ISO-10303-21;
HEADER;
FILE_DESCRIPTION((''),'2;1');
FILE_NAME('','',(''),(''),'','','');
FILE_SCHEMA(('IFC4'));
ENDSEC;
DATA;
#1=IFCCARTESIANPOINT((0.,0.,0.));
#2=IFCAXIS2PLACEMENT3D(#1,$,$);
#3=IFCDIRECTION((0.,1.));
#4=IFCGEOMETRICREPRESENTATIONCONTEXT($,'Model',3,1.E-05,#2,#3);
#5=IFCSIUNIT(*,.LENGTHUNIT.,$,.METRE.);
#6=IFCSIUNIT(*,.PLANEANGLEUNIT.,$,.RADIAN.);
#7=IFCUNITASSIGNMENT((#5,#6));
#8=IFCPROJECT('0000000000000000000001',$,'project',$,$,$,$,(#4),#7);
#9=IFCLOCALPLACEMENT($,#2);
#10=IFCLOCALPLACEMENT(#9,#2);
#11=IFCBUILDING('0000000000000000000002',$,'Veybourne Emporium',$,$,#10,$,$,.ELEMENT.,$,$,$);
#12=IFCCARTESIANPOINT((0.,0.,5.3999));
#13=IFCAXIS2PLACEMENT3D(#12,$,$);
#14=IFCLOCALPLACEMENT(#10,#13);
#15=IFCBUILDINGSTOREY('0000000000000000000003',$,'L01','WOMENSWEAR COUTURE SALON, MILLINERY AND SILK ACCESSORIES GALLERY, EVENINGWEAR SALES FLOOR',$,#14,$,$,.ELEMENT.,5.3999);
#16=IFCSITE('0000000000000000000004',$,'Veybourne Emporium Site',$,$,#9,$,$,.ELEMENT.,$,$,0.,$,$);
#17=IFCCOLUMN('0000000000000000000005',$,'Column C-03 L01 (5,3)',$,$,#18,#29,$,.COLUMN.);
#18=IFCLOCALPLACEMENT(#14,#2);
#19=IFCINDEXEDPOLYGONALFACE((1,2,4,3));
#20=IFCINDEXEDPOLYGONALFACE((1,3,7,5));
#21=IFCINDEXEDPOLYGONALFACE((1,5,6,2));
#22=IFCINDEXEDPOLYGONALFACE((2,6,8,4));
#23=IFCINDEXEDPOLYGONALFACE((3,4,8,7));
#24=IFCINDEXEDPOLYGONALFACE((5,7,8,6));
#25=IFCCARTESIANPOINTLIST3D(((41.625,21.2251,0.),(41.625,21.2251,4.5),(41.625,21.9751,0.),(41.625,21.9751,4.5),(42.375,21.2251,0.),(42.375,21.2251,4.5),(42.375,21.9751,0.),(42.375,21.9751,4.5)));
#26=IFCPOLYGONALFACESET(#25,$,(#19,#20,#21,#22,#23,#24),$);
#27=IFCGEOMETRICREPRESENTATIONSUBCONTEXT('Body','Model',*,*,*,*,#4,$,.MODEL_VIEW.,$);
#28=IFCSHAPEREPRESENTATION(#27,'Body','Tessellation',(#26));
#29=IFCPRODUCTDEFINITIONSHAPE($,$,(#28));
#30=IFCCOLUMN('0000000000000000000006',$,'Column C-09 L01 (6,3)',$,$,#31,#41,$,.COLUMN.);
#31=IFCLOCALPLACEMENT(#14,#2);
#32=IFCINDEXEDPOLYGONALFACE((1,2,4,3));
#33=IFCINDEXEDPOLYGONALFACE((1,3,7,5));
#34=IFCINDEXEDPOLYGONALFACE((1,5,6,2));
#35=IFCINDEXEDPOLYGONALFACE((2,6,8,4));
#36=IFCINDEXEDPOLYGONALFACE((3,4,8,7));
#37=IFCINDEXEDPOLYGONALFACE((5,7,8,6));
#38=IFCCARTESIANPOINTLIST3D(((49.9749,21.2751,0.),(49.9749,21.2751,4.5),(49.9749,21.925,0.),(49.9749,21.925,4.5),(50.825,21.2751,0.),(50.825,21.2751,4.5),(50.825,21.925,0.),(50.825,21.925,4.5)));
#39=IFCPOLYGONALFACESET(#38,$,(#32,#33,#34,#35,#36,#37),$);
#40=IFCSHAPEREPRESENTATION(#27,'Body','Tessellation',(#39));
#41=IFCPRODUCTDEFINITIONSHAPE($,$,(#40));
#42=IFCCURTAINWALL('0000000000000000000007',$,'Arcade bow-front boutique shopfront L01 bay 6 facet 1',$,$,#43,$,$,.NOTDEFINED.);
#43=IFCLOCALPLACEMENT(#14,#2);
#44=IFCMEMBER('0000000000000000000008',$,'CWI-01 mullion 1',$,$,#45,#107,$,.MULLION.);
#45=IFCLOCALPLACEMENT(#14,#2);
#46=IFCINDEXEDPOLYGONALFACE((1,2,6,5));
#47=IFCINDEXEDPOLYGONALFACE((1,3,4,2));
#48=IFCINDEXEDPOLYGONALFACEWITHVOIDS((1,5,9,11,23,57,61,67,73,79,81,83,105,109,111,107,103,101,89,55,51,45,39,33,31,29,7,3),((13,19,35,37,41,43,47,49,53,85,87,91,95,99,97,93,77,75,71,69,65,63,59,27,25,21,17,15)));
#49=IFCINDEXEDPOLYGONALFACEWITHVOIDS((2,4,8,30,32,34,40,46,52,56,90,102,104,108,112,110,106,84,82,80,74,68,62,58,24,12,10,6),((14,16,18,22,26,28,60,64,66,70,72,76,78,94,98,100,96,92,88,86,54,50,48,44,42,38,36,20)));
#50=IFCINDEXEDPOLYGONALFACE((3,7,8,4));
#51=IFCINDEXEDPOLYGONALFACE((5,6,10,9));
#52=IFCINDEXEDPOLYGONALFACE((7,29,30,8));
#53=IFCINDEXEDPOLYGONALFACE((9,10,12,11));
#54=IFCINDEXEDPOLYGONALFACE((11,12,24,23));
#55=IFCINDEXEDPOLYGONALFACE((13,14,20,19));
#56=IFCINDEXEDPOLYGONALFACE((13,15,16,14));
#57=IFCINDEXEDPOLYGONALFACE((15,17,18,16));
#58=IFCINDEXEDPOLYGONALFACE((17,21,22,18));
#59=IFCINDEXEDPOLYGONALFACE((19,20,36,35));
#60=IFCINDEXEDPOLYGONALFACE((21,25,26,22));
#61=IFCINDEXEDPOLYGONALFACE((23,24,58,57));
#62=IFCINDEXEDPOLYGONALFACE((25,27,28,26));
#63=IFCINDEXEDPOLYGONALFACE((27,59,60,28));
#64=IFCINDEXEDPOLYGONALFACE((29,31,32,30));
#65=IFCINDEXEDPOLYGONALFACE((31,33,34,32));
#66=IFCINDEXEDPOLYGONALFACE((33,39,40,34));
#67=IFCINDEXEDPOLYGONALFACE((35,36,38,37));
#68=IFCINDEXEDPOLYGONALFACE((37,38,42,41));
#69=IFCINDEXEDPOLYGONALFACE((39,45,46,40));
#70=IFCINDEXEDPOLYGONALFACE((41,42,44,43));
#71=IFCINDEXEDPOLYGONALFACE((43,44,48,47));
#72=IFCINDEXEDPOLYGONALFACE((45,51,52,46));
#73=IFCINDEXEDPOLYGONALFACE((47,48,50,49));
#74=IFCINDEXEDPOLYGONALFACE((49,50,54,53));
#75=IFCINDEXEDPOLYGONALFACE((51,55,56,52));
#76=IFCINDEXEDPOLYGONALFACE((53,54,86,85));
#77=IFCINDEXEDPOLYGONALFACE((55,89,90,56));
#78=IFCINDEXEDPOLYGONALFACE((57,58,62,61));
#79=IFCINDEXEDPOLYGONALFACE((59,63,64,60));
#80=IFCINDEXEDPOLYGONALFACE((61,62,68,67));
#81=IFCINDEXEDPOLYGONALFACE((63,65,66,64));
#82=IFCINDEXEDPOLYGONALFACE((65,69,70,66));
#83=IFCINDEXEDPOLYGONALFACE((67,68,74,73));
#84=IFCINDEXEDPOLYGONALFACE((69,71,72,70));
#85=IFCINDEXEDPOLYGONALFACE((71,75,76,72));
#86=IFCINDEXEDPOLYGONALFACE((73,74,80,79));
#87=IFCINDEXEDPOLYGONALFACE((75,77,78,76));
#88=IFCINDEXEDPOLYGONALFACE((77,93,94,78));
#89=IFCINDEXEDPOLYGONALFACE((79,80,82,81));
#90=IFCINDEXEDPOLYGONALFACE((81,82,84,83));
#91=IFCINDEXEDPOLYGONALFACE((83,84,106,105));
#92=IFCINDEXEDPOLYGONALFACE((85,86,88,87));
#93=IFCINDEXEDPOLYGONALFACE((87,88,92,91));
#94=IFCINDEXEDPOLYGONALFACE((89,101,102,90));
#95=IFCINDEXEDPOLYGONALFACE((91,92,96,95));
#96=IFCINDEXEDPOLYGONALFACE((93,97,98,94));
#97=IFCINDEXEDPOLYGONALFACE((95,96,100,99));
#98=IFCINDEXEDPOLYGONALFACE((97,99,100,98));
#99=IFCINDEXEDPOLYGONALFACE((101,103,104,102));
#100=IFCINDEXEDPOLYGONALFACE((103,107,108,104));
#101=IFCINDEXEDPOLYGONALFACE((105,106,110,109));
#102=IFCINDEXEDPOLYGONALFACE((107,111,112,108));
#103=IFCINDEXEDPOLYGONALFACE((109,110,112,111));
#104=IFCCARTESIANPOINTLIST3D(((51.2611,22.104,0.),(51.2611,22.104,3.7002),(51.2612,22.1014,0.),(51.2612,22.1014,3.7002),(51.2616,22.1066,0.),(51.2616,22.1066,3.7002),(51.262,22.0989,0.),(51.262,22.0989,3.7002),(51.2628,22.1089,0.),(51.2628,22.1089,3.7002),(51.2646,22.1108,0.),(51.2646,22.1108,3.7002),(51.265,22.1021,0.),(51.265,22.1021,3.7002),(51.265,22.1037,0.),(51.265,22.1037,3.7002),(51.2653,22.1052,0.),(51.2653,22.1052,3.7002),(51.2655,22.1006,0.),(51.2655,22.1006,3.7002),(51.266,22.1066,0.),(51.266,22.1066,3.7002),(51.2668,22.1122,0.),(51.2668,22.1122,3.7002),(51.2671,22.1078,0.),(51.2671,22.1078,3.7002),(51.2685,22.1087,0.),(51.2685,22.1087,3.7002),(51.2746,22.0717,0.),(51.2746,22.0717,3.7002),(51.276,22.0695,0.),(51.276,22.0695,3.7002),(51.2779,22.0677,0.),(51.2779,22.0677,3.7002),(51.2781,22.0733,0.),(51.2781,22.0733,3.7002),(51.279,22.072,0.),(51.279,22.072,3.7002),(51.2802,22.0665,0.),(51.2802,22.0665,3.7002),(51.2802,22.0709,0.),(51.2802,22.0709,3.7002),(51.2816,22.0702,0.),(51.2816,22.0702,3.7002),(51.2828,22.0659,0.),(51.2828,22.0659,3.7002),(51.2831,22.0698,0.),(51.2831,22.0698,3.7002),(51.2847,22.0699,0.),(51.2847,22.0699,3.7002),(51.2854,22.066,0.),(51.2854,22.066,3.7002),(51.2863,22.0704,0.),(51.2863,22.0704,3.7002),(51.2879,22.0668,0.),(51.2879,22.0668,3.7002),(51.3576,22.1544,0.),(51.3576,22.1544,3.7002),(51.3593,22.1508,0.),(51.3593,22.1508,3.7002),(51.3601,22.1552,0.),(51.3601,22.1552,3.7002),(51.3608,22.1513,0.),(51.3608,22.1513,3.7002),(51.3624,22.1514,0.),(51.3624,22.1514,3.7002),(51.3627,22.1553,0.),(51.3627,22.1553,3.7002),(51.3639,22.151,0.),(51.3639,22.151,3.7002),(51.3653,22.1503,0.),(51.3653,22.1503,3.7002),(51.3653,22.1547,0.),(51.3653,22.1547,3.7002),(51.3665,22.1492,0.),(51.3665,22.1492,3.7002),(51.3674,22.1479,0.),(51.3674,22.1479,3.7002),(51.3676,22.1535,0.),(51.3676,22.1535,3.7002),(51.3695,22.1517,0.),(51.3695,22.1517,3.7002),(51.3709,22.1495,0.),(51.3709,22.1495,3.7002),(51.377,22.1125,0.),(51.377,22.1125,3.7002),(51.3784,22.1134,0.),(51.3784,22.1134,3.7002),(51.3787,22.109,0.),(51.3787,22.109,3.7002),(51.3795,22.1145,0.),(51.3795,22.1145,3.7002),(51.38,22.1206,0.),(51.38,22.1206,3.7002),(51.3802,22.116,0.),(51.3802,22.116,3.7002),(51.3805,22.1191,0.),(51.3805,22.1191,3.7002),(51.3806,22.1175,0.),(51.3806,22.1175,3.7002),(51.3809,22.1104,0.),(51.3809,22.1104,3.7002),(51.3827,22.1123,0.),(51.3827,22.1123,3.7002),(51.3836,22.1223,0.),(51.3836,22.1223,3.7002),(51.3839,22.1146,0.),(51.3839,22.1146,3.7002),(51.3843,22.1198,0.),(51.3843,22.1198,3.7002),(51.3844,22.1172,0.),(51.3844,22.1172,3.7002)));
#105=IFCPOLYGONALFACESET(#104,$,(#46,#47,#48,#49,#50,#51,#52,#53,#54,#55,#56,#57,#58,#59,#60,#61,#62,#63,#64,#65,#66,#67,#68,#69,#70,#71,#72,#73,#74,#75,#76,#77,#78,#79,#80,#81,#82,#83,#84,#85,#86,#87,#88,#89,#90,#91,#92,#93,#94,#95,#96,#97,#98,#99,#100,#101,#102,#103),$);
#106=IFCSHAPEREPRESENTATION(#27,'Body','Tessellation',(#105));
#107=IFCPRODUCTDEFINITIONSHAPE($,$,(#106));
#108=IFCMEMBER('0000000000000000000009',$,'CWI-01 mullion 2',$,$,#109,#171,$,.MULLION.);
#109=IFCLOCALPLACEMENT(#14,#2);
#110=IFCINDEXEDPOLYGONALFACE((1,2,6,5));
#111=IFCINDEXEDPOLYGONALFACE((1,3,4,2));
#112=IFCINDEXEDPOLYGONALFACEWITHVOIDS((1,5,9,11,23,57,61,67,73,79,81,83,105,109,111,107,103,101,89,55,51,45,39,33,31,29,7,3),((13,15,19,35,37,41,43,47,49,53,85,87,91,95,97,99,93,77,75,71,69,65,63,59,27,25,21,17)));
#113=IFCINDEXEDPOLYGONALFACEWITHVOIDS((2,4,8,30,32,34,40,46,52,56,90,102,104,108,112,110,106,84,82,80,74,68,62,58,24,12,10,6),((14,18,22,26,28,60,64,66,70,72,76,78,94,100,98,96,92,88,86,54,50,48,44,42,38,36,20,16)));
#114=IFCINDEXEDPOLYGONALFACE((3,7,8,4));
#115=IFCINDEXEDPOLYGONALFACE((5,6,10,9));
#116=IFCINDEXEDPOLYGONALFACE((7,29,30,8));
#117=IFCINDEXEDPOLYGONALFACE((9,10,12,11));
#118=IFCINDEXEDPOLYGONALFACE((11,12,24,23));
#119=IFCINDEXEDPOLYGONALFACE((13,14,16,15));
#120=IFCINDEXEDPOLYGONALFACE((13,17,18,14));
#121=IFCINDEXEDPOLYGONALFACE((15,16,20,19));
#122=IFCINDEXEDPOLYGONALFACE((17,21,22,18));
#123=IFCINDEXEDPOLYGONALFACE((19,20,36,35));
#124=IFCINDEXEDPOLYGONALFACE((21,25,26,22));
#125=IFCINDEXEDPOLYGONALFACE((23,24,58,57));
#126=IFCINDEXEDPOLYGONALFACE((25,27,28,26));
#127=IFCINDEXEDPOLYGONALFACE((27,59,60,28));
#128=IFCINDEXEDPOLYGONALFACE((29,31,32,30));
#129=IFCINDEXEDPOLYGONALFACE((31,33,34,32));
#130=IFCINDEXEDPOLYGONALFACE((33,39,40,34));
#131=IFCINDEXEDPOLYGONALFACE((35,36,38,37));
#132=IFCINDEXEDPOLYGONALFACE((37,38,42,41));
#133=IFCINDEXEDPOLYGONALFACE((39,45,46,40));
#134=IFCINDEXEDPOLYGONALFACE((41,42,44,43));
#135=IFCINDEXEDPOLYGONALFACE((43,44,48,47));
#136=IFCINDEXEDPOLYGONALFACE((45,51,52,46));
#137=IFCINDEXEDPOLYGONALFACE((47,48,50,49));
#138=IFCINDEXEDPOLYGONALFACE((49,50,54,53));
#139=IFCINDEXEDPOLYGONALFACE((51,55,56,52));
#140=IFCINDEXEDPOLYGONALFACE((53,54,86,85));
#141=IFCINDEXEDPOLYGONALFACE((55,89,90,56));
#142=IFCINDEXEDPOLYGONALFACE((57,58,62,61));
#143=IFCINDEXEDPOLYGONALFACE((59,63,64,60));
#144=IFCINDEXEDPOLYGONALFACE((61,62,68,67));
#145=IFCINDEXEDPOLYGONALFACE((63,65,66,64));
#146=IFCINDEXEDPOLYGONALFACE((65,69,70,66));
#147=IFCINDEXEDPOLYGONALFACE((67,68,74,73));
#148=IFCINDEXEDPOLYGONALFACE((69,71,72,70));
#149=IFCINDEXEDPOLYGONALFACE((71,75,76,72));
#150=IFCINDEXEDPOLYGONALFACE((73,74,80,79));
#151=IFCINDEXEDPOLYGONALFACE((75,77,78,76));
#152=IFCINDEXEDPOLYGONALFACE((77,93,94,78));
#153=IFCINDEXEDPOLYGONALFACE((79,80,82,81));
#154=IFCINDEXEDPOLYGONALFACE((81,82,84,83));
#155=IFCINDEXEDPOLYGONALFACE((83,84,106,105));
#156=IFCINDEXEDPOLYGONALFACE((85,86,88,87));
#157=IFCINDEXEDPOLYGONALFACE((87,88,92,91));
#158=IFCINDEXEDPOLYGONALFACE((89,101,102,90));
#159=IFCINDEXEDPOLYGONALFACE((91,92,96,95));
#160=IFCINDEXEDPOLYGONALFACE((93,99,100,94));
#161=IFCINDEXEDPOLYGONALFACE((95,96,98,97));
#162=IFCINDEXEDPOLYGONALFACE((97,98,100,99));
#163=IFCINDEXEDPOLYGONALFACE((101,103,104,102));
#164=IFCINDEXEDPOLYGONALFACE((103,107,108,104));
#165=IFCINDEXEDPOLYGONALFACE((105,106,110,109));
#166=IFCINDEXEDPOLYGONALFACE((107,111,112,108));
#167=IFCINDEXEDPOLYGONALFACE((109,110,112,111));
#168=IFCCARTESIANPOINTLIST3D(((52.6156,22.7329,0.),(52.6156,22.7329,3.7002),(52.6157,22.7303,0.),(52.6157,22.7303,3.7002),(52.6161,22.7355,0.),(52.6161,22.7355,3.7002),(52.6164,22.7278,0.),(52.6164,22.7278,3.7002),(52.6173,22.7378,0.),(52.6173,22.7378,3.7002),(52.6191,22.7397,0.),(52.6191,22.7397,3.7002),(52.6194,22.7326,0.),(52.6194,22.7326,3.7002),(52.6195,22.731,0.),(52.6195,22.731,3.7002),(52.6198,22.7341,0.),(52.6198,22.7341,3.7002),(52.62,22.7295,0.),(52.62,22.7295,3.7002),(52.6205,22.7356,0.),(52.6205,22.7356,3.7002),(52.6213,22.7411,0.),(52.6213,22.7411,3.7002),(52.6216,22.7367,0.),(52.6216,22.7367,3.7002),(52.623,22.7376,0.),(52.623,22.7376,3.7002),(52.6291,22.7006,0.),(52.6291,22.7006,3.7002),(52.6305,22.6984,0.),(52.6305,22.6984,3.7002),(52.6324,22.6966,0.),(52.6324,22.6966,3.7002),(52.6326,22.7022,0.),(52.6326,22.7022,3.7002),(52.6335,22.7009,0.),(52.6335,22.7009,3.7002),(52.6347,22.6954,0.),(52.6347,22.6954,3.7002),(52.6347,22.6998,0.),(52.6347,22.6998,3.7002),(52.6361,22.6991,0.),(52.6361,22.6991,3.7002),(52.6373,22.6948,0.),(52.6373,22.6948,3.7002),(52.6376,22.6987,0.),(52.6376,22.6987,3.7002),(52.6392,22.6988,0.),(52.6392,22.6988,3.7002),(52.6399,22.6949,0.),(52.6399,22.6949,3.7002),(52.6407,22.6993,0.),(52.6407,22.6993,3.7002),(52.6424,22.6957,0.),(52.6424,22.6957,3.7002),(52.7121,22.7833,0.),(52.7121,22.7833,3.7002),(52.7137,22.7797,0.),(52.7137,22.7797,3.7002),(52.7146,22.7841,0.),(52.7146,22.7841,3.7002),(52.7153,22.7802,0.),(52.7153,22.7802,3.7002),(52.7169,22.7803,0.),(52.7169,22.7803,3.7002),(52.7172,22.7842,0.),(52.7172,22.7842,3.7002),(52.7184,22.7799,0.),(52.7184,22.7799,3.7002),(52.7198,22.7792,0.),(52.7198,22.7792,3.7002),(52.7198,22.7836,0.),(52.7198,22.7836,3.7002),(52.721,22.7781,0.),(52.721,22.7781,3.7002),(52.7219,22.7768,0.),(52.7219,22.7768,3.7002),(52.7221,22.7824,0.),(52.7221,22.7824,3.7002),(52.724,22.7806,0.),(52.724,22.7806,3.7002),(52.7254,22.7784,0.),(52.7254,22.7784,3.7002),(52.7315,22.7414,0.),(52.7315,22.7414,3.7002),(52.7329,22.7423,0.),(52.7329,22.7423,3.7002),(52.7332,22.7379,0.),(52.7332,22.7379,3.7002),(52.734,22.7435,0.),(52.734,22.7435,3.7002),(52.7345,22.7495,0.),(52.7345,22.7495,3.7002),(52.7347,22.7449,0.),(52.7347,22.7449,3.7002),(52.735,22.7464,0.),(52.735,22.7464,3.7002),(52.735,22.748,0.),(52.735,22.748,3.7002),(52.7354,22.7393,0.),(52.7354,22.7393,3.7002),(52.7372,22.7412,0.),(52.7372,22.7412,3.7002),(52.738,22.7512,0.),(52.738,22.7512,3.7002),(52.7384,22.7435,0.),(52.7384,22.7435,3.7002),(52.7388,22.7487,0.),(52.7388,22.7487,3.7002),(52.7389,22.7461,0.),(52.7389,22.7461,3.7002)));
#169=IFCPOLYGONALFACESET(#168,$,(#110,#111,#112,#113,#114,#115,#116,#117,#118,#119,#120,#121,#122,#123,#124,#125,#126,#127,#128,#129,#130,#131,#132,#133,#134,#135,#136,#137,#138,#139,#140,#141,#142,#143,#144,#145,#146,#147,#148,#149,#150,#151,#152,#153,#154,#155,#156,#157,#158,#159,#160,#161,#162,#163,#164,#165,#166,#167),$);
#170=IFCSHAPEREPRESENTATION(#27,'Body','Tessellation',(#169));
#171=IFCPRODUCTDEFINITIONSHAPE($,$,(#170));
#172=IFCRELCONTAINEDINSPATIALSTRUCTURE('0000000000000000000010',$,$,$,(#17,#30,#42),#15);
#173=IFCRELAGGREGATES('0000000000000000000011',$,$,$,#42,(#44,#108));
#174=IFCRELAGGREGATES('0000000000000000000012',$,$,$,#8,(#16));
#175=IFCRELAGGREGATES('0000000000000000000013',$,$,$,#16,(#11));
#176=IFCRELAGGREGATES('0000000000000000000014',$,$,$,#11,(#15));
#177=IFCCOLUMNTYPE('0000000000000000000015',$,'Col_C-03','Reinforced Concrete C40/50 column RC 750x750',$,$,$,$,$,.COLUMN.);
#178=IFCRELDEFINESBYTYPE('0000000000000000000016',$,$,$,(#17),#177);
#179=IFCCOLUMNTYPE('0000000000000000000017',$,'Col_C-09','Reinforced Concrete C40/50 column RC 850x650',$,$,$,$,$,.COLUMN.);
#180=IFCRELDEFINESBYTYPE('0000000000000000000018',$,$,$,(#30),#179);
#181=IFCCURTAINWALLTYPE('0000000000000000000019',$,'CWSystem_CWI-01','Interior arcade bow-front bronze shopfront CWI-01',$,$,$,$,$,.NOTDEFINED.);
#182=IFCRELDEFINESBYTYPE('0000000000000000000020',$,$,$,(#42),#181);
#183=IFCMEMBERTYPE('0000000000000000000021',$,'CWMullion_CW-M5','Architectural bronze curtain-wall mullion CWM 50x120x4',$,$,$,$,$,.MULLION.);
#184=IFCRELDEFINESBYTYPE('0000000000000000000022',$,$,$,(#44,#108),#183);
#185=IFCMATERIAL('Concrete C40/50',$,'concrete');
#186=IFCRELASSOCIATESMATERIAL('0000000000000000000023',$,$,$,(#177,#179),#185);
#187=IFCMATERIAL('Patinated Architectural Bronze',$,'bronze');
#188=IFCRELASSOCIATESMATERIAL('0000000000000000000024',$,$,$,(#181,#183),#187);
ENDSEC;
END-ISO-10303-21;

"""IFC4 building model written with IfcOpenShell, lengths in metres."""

from ifc_helpers import new_model, si_unit, direction, frame, origin, origin_2d, place, context, subcontext, project, spatial, rectangle, hollow_rectangle, extrude, material, material_profile, profile_set, type_object, element, aggregate, save


model = new_model("IFC4")

# Units and contexts
model_context = context("Model", 3, precision=1e-05, world=origin(), true_north=direction((0.0, 1.0)))
body_context = subcontext(model_context, "Body", "Model", "MODEL_VIEW")
ifc_project = project(units=[si_unit("LENGTHUNIT", "METRE"), si_unit("PLANEANGLEUNIT", "RADIAN")], contexts=[model_context])

# Site, building, storey
site_placement = place(None, origin())
site = spatial("IfcSite", under=ifc_project, at=site_placement, Name="Veybourne Emporium Site", CompositionType="ELEMENT", RefElevation=0.0)
building_placement = place(site_placement, origin())
building = spatial("IfcBuilding", under=site, at=building_placement, Name="Veybourne Emporium", CompositionType="ELEMENT")
storey_placement = place(building_placement, frame((0.0, 0.0, 5.3999)))
storey = spatial("IfcBuildingStorey", under=building, at=storey_placement, Name="L01", Description="WOMENSWEAR COUTURE SALON, MILLINERY AND SILK ACCESSORIES GALLERY, EVENINGWEAR SALES FLOOR", CompositionType="ELEMENT", Elevation=5.3999)

# Columns
ifc_material_1 = material(Name="Concrete C40/50", Category="concrete")
ifc_material_profile_1 = material_profile(ifc_material_1, rectangle(XDim=0.75, YDim=0.75, at=origin_2d()), Name="RC 750x750")
ifc_profile_set_1 = profile_set([ifc_material_profile_1], Name="Concrete C40/50")
column_type_1 = type_object("IfcColumnType", Name="Col_C-03", Description="Reinforced Concrete C40/50 column RC 750x750", PredefinedType="COLUMN", material=ifc_profile_set_1)
column_1_placement = place(storey_placement, frame((42.0, 21.6001, 0.0), z_axis=(0.0, 0.0, 1.0), x_axis=(1.0, 0.0, 0.0)))
element("IfcColumn", 1, at=column_1_placement, inside=storey, type_object=column_type_1, Name="Column C-03 L01 (5,3)", PredefinedType="COLUMN", context=body_context, shape_type="SweptSolid", body=[
    extrude(rectangle(XDim=0.75, YDim=0.75, at=origin_2d()), origin(), (0.0, 0.0, 1.0), 4.5),
])
ifc_material_profile_2 = material_profile(ifc_material_1, rectangle(XDim=0.8501, YDim=0.6499, at=origin_2d()), Name="RC 850x650")
ifc_profile_set_2 = profile_set([ifc_material_profile_2], Name="Concrete C40/50")
column_type_2 = type_object("IfcColumnType", Name="Col_C-09", Description="Reinforced Concrete C40/50 column RC 850x650", PredefinedType="COLUMN", material=ifc_profile_set_2)
column_2_placement = place(storey_placement, frame((50.3999, 21.6001, 0.0), z_axis=(0.0, 0.0, 1.0), x_axis=(1.0, 0.0, 0.0)))
element("IfcColumn", 2, at=column_2_placement, inside=storey, type_object=column_type_2, Name="Column C-09 L01 (6,3)", PredefinedType="COLUMN", context=body_context, shape_type="SweptSolid", body=[
    extrude(rectangle(XDim=0.8501, YDim=0.6499, at=origin_2d()), origin(), (0.0, 0.0, 1.0), 4.5),
])

# Curtain wall, members
ifc_material_2 = material(Name="Patinated Architectural Bronze", Category="bronze")
curtain_wall_type_1 = type_object("IfcCurtainWallType", Name="CWSystem_CWI-01", Description="Interior arcade bow-front bronze shopfront CWI-01", PredefinedType="NOTDEFINED", material=ifc_material_2)
curtain_wall_1_placement = place(storey_placement, origin())
curtain_wall_1 = element("IfcCurtainWall", 3, at=curtain_wall_1_placement, inside=storey, type_object=curtain_wall_type_1, Name="Arcade bow-front boutique shopfront L01 bay 6 facet 1", PredefinedType="NOTDEFINED")
ifc_material_profile_3 = material_profile(ifc_material_2, hollow_rectangle(XDim=0.05, YDim=0.1201, WallThickness=0.0039, InnerFilletRadius=0.0061, OuterFilletRadius=0.01, at=origin_2d()), Name="CWM 50x120x4")
ifc_profile_set_3 = profile_set([ifc_material_profile_3], Name="Patinated Architectural Bronze")
member_type_1 = type_object("IfcMemberType", Name="CWMullion_CW-M5", Description="Architectural bronze curtain-wall mullion CWM 50x120x4", PredefinedType="MULLION", material=ifc_profile_set_3)
member_1_placement = place(storey_placement, frame((51.3228, 22.1106, 0.0), z_axis=(0.0, 0.0, 1.0), x_axis=(-0.421111, 0.907009, 0.0)))
member_1 = element("IfcMember", 4, at=member_1_placement, type_object=member_type_1, Name="CWI-01 mullion 1", PredefinedType="MULLION", context=body_context, shape_type="SweptSolid", body=[
    extrude(hollow_rectangle(XDim=0.05, YDim=0.1201, WallThickness=0.0039, InnerFilletRadius=0.0061, OuterFilletRadius=0.01, at=origin_2d()), origin(), (0.0, 0.0, 1.0), 3.7002),
])
member_2_placement = place(storey_placement, frame((52.6772, 22.7395, 0.0), z_axis=(0.0, 0.0, 1.0), x_axis=(-0.421111, 0.907009, 0.0)))
member_2 = element("IfcMember", 5, at=member_2_placement, type_object=member_type_1, Name="CWI-01 mullion 2", PredefinedType="MULLION", context=body_context, shape_type="SweptSolid", body=[
    extrude(hollow_rectangle(XDim=0.05, YDim=0.1201, WallThickness=0.0039, InnerFilletRadius=0.0061, OuterFilletRadius=0.01, at=origin_2d()), origin(), (0.0, 0.0, 1.0), 3.7002),
])

aggregate(curtain_wall_1, [member_1, member_2])

save(model, "model.ifc")
